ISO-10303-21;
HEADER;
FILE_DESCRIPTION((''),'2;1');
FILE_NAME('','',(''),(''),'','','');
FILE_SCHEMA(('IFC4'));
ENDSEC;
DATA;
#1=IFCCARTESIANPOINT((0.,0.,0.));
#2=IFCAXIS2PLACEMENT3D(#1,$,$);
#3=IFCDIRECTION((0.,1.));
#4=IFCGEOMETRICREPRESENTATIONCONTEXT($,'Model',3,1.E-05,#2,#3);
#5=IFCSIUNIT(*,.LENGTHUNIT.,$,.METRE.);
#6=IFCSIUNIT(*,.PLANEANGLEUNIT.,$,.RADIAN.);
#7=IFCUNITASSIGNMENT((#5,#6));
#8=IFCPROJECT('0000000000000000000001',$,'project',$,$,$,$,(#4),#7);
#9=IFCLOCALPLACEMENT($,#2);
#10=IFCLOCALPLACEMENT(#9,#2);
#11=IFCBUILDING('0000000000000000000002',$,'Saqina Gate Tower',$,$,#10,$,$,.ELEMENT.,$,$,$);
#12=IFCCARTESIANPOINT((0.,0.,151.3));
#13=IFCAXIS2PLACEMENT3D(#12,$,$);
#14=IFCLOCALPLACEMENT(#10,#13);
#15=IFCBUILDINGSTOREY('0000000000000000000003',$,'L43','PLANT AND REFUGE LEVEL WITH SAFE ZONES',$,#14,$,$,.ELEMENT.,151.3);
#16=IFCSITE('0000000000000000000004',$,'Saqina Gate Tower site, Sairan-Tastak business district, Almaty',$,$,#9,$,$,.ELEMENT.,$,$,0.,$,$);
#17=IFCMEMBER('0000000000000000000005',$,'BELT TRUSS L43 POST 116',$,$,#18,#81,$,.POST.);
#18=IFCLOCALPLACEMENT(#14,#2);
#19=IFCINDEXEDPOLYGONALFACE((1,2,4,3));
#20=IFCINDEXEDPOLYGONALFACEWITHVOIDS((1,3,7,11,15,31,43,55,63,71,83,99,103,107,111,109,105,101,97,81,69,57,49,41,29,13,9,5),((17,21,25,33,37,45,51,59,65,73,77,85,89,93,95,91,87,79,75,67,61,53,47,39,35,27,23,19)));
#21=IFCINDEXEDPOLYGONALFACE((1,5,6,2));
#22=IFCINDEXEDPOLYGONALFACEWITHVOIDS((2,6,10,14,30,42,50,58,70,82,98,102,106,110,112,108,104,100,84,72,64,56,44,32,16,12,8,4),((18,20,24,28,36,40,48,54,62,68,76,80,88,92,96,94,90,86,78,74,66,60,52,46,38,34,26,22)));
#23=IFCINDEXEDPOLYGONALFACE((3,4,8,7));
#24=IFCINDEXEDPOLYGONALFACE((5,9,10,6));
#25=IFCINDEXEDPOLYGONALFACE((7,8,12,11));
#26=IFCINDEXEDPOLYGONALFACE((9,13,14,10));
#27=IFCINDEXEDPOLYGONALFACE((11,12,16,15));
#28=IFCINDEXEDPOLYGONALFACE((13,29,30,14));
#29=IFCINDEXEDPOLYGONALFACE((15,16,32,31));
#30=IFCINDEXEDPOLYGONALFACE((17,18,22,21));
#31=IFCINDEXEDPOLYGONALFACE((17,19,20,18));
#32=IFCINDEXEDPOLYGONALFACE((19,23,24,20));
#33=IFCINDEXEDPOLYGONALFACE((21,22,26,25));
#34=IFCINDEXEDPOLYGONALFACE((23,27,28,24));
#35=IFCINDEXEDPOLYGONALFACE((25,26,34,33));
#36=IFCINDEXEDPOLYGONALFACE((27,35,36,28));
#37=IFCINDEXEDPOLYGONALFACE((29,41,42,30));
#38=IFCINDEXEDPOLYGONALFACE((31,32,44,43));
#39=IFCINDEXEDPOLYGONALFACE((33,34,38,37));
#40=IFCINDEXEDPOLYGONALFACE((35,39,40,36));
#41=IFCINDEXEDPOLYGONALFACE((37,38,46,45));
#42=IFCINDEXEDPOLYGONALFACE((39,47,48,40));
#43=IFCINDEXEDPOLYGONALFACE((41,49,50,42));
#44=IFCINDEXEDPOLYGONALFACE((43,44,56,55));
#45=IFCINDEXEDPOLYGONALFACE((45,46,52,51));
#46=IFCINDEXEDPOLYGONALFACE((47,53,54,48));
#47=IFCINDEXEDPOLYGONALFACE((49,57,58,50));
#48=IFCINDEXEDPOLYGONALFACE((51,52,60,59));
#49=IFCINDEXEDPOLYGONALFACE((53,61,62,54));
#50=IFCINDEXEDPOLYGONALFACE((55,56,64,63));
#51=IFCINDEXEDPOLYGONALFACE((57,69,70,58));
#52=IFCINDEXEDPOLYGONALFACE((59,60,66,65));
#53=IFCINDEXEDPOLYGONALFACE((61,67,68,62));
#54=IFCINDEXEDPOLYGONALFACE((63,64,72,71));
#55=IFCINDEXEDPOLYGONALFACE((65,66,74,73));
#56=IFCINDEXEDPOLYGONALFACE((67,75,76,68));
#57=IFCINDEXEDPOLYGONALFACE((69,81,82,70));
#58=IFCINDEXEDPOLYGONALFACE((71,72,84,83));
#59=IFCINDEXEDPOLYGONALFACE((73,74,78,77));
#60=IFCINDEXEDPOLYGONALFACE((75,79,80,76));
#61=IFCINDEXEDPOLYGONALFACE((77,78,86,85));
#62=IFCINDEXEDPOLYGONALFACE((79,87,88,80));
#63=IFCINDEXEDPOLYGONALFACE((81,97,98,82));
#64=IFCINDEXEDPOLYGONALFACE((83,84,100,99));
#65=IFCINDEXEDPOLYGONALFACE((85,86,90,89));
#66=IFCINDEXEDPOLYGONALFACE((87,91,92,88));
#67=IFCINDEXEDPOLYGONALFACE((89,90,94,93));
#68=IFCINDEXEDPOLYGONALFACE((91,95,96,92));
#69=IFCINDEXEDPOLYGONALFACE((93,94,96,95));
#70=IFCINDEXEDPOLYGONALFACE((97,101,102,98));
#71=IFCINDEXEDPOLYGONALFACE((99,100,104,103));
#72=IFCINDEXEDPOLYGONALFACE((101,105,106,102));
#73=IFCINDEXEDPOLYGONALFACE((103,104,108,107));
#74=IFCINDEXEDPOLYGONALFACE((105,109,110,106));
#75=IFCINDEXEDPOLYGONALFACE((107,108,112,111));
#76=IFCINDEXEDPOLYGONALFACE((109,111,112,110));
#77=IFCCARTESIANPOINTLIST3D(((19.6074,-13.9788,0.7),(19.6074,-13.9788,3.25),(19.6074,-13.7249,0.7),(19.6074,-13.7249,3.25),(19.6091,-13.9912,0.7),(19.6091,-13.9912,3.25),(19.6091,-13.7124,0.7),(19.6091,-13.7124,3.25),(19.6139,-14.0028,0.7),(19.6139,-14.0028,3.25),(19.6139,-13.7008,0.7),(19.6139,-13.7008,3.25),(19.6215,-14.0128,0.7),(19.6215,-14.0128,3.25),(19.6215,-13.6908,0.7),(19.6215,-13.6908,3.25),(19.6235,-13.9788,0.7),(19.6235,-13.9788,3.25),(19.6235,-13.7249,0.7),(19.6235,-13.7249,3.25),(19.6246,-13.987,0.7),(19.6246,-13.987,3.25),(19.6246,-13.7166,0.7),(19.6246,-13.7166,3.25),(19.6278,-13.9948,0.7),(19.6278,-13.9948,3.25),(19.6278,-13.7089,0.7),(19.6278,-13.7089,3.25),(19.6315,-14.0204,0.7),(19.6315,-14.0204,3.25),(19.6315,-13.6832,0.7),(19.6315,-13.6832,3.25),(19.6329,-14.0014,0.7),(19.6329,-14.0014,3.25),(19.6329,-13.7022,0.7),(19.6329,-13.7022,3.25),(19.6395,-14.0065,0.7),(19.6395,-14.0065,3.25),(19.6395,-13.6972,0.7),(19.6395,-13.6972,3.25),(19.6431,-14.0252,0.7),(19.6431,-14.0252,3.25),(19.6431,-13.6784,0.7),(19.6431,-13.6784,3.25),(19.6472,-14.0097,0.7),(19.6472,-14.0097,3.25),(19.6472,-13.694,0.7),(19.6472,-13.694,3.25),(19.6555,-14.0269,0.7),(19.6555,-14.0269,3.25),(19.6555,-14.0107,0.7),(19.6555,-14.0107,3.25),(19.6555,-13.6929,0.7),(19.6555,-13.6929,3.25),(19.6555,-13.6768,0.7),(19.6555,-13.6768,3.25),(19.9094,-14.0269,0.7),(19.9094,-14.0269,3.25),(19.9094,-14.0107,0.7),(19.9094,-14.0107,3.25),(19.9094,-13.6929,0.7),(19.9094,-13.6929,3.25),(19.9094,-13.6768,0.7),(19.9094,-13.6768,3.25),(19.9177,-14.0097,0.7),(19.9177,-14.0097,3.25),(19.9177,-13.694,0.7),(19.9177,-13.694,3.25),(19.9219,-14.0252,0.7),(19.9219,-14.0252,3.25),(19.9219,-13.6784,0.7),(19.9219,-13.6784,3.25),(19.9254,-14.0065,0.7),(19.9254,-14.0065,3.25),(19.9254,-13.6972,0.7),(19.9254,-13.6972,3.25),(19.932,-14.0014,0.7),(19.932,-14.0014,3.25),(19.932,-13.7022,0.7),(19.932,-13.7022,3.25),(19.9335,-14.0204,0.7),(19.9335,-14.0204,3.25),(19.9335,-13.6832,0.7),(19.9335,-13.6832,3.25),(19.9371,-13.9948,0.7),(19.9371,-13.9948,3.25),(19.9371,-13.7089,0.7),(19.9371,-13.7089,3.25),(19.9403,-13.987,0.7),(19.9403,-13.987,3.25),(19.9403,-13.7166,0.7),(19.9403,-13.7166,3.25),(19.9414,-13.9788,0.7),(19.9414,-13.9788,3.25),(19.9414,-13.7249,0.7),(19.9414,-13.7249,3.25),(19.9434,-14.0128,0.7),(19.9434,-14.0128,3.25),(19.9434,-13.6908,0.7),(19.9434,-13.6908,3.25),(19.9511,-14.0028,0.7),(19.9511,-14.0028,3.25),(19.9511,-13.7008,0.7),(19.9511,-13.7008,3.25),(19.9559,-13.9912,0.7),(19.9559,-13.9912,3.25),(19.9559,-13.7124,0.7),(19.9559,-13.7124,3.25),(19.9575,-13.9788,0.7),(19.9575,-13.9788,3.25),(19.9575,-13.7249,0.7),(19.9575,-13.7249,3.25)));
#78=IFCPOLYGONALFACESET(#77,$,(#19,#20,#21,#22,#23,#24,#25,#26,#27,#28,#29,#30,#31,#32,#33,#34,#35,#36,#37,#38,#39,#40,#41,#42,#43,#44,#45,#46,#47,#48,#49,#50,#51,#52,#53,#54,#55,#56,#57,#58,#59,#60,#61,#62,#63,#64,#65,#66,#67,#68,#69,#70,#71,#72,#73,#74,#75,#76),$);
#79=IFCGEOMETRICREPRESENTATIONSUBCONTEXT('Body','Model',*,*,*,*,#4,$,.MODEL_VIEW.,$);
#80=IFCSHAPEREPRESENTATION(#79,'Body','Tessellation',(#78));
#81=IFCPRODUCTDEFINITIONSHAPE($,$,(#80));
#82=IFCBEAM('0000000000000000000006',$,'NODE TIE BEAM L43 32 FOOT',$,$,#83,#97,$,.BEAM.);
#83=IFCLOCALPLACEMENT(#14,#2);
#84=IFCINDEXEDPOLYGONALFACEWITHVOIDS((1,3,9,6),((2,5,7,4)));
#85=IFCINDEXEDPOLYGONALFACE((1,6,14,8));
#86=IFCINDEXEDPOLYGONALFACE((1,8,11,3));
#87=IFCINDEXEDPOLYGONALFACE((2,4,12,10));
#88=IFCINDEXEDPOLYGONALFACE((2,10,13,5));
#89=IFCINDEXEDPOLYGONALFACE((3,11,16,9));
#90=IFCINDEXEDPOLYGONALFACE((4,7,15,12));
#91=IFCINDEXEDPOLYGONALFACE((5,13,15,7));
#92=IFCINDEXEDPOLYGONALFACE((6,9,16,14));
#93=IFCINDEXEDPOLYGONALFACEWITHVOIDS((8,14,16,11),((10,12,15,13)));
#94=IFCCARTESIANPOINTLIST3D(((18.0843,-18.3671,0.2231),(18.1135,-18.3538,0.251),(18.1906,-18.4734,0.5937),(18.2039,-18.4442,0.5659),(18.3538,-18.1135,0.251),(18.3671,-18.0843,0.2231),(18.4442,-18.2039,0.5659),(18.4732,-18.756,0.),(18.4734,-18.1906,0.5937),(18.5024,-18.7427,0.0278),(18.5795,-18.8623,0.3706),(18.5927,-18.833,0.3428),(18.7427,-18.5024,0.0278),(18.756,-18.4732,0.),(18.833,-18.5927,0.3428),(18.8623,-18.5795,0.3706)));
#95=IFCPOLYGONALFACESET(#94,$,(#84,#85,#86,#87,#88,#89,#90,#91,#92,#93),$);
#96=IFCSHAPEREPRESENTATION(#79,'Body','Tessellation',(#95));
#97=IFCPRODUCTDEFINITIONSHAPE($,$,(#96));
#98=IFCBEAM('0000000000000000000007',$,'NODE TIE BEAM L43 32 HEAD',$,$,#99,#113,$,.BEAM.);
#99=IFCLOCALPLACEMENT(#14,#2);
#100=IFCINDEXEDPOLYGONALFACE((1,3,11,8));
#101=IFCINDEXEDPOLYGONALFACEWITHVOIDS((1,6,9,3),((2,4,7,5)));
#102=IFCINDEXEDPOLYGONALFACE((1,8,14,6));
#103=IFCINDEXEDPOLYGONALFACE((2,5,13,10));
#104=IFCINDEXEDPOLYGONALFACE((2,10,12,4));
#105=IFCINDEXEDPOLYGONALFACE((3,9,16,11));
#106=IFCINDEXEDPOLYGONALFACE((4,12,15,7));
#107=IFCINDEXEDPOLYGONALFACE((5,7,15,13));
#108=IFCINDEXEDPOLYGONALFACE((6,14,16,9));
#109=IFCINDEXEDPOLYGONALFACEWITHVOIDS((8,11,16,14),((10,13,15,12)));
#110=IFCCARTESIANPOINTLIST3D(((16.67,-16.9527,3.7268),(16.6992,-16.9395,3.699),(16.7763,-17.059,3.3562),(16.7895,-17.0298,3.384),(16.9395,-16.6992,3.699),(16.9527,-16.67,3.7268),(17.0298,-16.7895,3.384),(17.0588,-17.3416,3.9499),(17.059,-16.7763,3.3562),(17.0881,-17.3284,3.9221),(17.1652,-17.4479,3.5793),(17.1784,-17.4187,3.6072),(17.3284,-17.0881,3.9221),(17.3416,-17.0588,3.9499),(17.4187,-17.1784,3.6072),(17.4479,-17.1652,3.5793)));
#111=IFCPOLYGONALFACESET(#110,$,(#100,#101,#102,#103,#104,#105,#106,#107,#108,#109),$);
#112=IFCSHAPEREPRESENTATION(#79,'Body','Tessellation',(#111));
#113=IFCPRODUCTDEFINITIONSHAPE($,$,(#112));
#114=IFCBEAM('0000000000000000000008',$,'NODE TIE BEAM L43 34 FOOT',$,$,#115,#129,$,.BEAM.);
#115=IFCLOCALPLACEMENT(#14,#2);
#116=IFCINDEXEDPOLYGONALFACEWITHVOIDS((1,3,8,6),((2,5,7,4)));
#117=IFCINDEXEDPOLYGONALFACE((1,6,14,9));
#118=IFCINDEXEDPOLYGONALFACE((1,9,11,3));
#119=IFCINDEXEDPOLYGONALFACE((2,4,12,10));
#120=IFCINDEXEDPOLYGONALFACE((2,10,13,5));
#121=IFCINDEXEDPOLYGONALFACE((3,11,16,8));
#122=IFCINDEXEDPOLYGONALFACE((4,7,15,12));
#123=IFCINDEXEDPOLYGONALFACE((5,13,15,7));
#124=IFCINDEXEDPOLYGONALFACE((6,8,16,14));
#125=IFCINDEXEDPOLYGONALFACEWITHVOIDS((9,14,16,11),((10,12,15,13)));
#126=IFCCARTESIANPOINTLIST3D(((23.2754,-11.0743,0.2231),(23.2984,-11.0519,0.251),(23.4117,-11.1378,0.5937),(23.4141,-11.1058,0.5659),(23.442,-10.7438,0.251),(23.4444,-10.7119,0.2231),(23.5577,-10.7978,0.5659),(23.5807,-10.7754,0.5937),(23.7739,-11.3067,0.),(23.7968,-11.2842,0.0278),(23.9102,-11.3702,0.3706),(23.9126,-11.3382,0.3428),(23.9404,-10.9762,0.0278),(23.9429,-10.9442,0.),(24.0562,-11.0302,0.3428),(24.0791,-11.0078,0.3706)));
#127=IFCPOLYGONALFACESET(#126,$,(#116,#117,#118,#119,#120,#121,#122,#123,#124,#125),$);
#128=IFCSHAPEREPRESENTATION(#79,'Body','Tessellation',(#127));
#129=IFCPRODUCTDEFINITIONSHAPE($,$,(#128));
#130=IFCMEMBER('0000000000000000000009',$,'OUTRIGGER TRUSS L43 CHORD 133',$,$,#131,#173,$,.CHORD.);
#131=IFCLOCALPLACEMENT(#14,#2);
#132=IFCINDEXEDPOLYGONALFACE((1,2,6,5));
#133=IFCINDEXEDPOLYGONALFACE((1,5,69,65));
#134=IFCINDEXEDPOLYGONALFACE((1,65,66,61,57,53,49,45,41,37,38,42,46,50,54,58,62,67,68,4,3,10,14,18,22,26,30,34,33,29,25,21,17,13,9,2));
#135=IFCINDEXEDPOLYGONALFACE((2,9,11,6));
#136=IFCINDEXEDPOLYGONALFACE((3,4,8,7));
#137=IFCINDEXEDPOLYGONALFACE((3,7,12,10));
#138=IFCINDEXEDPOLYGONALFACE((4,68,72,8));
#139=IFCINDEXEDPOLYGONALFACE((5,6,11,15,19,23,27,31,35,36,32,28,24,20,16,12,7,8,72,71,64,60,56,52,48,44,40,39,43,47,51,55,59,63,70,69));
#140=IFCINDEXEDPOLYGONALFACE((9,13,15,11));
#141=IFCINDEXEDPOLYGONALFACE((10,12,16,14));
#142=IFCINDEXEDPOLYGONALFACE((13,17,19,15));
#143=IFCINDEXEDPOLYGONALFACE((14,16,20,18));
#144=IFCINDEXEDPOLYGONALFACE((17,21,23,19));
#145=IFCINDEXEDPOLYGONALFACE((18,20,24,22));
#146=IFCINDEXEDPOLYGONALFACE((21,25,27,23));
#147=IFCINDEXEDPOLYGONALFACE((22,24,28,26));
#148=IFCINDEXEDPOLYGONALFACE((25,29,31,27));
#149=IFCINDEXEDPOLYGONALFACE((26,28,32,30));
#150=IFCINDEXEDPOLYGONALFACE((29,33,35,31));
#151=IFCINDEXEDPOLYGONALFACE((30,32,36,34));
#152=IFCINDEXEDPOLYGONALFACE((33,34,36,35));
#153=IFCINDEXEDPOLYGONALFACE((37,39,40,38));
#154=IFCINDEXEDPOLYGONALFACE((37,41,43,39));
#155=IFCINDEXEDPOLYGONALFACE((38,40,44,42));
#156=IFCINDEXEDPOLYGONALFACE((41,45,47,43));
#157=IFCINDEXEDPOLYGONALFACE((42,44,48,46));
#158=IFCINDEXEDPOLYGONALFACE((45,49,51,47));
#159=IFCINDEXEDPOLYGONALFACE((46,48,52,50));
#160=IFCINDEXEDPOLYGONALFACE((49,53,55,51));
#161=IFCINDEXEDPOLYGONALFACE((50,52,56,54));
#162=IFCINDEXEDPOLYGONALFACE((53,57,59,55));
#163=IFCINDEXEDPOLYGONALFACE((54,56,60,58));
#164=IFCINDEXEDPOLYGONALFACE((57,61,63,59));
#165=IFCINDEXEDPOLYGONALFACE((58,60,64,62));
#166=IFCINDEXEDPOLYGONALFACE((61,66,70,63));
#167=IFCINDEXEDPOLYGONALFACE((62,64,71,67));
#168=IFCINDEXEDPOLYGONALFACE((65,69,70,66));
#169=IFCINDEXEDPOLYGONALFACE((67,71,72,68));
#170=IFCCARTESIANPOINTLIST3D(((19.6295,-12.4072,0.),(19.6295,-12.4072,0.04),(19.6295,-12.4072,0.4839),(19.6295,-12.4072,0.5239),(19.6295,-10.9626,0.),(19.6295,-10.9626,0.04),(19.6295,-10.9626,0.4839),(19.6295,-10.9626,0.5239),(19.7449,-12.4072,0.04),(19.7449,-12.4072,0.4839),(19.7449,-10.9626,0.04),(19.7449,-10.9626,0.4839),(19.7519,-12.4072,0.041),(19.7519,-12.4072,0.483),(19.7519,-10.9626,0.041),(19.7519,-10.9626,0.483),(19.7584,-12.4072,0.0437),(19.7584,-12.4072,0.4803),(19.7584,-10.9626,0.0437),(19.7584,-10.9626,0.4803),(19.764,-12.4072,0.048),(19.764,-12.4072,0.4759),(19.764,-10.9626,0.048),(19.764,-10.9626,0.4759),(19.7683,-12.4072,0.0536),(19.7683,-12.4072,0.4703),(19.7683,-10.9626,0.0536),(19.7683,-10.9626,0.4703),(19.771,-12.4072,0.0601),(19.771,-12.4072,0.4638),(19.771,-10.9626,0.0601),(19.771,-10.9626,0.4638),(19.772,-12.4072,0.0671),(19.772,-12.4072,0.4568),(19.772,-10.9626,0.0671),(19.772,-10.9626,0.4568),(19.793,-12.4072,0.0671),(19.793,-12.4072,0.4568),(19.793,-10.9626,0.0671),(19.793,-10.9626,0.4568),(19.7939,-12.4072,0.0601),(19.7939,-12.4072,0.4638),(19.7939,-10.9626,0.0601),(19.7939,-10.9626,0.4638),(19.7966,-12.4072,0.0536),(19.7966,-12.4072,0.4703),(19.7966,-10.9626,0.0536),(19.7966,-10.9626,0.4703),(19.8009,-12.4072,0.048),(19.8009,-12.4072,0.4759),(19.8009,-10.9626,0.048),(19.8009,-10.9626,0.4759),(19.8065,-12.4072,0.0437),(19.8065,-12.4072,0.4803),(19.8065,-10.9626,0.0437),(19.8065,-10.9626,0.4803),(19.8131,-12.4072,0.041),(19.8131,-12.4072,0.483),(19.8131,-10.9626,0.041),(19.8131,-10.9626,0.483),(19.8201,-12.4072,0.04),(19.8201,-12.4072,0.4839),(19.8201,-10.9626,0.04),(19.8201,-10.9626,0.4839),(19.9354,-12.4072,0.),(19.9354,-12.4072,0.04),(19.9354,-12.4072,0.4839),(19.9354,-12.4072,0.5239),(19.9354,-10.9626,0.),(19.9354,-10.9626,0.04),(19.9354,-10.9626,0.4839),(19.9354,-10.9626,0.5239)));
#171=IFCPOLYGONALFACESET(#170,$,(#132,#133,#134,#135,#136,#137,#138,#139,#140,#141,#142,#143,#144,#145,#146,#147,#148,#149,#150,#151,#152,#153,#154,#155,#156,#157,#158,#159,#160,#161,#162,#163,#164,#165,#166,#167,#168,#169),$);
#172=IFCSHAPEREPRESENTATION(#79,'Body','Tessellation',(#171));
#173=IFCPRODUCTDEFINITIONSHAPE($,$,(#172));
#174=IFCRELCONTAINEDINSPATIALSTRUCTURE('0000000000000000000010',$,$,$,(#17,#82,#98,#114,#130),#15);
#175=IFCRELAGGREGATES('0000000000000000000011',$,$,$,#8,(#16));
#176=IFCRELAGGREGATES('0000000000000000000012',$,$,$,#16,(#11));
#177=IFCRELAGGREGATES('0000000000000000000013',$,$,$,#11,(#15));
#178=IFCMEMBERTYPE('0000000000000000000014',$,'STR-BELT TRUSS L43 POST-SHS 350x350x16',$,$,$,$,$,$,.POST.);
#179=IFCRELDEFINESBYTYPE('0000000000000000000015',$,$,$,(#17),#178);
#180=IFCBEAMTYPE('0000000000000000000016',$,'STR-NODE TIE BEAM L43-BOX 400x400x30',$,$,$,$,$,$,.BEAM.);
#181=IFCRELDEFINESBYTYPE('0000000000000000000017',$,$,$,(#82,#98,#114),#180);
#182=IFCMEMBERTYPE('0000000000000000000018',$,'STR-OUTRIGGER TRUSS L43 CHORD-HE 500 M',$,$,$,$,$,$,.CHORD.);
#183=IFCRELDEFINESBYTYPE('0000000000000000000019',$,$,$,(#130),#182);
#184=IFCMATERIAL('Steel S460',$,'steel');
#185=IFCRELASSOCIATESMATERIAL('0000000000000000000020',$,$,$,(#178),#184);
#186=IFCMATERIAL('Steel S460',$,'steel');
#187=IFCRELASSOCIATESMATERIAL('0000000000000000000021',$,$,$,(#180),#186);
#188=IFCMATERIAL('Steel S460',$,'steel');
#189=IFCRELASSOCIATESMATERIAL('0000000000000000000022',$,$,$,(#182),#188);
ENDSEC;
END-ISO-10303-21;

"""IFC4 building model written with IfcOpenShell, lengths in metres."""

from ifc_helpers import new_model, si_unit, direction, frame, origin, origin_2d, place, context, subcontext, project, spatial, hollow_rectangle, i_section, extrude, material, material_profile, profile_set, type_object, element, save


model = new_model("IFC4")

# Units and contexts
model_context = context("Model", 3, precision=1e-05, world=origin(), true_north=direction((0.0, 1.0)))
body_context = subcontext(model_context, "Body", "Model", "MODEL_VIEW")
ifc_project = project(units=[si_unit("LENGTHUNIT", "METRE"), si_unit("PLANEANGLEUNIT", "RADIAN")], contexts=[model_context])

# Site, building, storey
site_placement = place(None, origin())
site = spatial("IfcSite", under=ifc_project, at=site_placement, Name="Saqina Gate Tower site, Sairan-Tastak business district, Almaty", CompositionType="ELEMENT", RefElevation=0.0)
building_placement = place(site_placement, origin())
building = spatial("IfcBuilding", under=site, at=building_placement, Name="Saqina Gate Tower", CompositionType="ELEMENT")
storey_placement = place(building_placement, frame((0.0, 0.0, 151.3)))
storey = spatial("IfcBuildingStorey", under=building, at=storey_placement, Name="L43", Description="PLANT AND REFUGE LEVEL WITH SAFE ZONES", CompositionType="ELEMENT", Elevation=151.3)

# Member
ifc_material_1 = material(Name="Steel S460", Category="steel")
ifc_material_profile_1 = material_profile(ifc_material_1, hollow_rectangle(XDim=0.3501, YDim=0.3501, WallThickness=0.0161, InnerFilletRadius=0.032, OuterFilletRadius=0.0481, at=origin_2d()), Name="SHS 350x350x16")
ifc_profile_set_1 = profile_set([ifc_material_profile_1], Name="Steel S460")
member_type_1 = type_object("IfcMemberType", Name="STR-BELT TRUSS L43 POST-SHS 350x350x16", PredefinedType="POST", material=ifc_profile_set_1)
for number, where, z_axis, x_axis, name in (
    (1, (19.7825, -13.8518, 0.7), (0.0, 0.0, 1.0), (1.0, 0.0, 0.0), "BELT TRUSS L43 POST 116"),
):
    element("IfcMember", number, at=place(storey_placement, frame(where, z_axis=z_axis, x_axis=x_axis)), inside=storey, type_object=member_type_1, Name=name, PredefinedType="POST", context=body_context, shape_type="SweptSolid", body=[
        extrude(hollow_rectangle(XDim=0.3501, YDim=0.3501, WallThickness=0.0161, InnerFilletRadius=0.032, OuterFilletRadius=0.0481, at=origin_2d()), origin(), (0.0, 0.0, 1.0), 2.55),
    ])

# Beams
ifc_material_2 = material(Name="Steel S460", Category="steel")
ifc_material_profile_2 = material_profile(ifc_material_2, hollow_rectangle(XDim=0.3999, YDim=0.3999, WallThickness=0.03, at=origin_2d()), Name="BOX 400x400x30")
ifc_profile_set_2 = profile_set([ifc_material_profile_2], Name="Steel S460")
beam_type = type_object("IfcBeamType", Name="STR-NODE TIE BEAM L43-BOX 400x400x30", PredefinedType="BEAM", material=ifc_profile_set_2)
for number, where, z_axis, x_axis, name in (
    (2, (18.6677, -18.6677, 0.1853), (-0.655234, 0.655234, 0.375947), (-0.707107, -0.707107, 0.0), "NODE TIE BEAM L43 32 FOOT"),
    (3, (16.8645, -16.8645, 3.5415), (0.655234, -0.655234, 0.375947), (0.707107, 0.707107, 0.0), "NODE TIE BEAM L43 32 HEAD"),
    (4, (23.9265, -11.1572, 0.1853), (-0.839863, 0.391552, 0.375923), (-0.422545, -0.906342, 0.0), "NODE TIE BEAM L43 34 FOOT"),
):
    element("IfcBeam", number, at=place(storey_placement, frame(where, z_axis=z_axis, x_axis=x_axis)), inside=storey, type_object=beam_type, Name=name, PredefinedType="BEAM", context=body_context, shape_type="SweptSolid", body=[
        extrude(hollow_rectangle(XDim=0.3999, YDim=0.3999, WallThickness=0.03, at=origin_2d()), origin(), (0.0, 0.0, 1.0), 0.5935),
    ])

# Member
ifc_material_3 = material(Name="Steel S460", Category="steel")
ifc_material_profile_3 = material_profile(ifc_material_3, i_section(OverallWidth=0.3059, OverallDepth=0.5239, WebThickness=0.021, FlangeThickness=0.04, FilletRadius=0.0271, at=origin_2d()), Name="HE 500 M")
ifc_profile_set_3 = profile_set([ifc_material_profile_3], Name="Steel S460")
member_type_2 = type_object("IfcMemberType", Name="STR-OUTRIGGER TRUSS L43 CHORD-HE 500 M", PredefinedType="CHORD", material=ifc_profile_set_3)
for number, where, z_axis, x_axis, name in (
    (5, (19.7825, -10.9626, 0.262), (0.0, -1.0, 0.0), (1.0, 0.0, 0.0), "OUTRIGGER TRUSS L43 CHORD 133"),
):
    element("IfcMember", number, at=place(storey_placement, frame(where, z_axis=z_axis, x_axis=x_axis)), inside=storey, type_object=member_type_2, Name=name, PredefinedType="CHORD", context=body_context, shape_type="SweptSolid", body=[
        extrude(i_section(OverallWidth=0.3059, OverallDepth=0.5239, WebThickness=0.021, FlangeThickness=0.04, FilletRadius=0.0271, at=origin_2d()), origin(), (0.0, 0.0, 1.0), 1.4446),
    ])

save(model, "model.ifc")
